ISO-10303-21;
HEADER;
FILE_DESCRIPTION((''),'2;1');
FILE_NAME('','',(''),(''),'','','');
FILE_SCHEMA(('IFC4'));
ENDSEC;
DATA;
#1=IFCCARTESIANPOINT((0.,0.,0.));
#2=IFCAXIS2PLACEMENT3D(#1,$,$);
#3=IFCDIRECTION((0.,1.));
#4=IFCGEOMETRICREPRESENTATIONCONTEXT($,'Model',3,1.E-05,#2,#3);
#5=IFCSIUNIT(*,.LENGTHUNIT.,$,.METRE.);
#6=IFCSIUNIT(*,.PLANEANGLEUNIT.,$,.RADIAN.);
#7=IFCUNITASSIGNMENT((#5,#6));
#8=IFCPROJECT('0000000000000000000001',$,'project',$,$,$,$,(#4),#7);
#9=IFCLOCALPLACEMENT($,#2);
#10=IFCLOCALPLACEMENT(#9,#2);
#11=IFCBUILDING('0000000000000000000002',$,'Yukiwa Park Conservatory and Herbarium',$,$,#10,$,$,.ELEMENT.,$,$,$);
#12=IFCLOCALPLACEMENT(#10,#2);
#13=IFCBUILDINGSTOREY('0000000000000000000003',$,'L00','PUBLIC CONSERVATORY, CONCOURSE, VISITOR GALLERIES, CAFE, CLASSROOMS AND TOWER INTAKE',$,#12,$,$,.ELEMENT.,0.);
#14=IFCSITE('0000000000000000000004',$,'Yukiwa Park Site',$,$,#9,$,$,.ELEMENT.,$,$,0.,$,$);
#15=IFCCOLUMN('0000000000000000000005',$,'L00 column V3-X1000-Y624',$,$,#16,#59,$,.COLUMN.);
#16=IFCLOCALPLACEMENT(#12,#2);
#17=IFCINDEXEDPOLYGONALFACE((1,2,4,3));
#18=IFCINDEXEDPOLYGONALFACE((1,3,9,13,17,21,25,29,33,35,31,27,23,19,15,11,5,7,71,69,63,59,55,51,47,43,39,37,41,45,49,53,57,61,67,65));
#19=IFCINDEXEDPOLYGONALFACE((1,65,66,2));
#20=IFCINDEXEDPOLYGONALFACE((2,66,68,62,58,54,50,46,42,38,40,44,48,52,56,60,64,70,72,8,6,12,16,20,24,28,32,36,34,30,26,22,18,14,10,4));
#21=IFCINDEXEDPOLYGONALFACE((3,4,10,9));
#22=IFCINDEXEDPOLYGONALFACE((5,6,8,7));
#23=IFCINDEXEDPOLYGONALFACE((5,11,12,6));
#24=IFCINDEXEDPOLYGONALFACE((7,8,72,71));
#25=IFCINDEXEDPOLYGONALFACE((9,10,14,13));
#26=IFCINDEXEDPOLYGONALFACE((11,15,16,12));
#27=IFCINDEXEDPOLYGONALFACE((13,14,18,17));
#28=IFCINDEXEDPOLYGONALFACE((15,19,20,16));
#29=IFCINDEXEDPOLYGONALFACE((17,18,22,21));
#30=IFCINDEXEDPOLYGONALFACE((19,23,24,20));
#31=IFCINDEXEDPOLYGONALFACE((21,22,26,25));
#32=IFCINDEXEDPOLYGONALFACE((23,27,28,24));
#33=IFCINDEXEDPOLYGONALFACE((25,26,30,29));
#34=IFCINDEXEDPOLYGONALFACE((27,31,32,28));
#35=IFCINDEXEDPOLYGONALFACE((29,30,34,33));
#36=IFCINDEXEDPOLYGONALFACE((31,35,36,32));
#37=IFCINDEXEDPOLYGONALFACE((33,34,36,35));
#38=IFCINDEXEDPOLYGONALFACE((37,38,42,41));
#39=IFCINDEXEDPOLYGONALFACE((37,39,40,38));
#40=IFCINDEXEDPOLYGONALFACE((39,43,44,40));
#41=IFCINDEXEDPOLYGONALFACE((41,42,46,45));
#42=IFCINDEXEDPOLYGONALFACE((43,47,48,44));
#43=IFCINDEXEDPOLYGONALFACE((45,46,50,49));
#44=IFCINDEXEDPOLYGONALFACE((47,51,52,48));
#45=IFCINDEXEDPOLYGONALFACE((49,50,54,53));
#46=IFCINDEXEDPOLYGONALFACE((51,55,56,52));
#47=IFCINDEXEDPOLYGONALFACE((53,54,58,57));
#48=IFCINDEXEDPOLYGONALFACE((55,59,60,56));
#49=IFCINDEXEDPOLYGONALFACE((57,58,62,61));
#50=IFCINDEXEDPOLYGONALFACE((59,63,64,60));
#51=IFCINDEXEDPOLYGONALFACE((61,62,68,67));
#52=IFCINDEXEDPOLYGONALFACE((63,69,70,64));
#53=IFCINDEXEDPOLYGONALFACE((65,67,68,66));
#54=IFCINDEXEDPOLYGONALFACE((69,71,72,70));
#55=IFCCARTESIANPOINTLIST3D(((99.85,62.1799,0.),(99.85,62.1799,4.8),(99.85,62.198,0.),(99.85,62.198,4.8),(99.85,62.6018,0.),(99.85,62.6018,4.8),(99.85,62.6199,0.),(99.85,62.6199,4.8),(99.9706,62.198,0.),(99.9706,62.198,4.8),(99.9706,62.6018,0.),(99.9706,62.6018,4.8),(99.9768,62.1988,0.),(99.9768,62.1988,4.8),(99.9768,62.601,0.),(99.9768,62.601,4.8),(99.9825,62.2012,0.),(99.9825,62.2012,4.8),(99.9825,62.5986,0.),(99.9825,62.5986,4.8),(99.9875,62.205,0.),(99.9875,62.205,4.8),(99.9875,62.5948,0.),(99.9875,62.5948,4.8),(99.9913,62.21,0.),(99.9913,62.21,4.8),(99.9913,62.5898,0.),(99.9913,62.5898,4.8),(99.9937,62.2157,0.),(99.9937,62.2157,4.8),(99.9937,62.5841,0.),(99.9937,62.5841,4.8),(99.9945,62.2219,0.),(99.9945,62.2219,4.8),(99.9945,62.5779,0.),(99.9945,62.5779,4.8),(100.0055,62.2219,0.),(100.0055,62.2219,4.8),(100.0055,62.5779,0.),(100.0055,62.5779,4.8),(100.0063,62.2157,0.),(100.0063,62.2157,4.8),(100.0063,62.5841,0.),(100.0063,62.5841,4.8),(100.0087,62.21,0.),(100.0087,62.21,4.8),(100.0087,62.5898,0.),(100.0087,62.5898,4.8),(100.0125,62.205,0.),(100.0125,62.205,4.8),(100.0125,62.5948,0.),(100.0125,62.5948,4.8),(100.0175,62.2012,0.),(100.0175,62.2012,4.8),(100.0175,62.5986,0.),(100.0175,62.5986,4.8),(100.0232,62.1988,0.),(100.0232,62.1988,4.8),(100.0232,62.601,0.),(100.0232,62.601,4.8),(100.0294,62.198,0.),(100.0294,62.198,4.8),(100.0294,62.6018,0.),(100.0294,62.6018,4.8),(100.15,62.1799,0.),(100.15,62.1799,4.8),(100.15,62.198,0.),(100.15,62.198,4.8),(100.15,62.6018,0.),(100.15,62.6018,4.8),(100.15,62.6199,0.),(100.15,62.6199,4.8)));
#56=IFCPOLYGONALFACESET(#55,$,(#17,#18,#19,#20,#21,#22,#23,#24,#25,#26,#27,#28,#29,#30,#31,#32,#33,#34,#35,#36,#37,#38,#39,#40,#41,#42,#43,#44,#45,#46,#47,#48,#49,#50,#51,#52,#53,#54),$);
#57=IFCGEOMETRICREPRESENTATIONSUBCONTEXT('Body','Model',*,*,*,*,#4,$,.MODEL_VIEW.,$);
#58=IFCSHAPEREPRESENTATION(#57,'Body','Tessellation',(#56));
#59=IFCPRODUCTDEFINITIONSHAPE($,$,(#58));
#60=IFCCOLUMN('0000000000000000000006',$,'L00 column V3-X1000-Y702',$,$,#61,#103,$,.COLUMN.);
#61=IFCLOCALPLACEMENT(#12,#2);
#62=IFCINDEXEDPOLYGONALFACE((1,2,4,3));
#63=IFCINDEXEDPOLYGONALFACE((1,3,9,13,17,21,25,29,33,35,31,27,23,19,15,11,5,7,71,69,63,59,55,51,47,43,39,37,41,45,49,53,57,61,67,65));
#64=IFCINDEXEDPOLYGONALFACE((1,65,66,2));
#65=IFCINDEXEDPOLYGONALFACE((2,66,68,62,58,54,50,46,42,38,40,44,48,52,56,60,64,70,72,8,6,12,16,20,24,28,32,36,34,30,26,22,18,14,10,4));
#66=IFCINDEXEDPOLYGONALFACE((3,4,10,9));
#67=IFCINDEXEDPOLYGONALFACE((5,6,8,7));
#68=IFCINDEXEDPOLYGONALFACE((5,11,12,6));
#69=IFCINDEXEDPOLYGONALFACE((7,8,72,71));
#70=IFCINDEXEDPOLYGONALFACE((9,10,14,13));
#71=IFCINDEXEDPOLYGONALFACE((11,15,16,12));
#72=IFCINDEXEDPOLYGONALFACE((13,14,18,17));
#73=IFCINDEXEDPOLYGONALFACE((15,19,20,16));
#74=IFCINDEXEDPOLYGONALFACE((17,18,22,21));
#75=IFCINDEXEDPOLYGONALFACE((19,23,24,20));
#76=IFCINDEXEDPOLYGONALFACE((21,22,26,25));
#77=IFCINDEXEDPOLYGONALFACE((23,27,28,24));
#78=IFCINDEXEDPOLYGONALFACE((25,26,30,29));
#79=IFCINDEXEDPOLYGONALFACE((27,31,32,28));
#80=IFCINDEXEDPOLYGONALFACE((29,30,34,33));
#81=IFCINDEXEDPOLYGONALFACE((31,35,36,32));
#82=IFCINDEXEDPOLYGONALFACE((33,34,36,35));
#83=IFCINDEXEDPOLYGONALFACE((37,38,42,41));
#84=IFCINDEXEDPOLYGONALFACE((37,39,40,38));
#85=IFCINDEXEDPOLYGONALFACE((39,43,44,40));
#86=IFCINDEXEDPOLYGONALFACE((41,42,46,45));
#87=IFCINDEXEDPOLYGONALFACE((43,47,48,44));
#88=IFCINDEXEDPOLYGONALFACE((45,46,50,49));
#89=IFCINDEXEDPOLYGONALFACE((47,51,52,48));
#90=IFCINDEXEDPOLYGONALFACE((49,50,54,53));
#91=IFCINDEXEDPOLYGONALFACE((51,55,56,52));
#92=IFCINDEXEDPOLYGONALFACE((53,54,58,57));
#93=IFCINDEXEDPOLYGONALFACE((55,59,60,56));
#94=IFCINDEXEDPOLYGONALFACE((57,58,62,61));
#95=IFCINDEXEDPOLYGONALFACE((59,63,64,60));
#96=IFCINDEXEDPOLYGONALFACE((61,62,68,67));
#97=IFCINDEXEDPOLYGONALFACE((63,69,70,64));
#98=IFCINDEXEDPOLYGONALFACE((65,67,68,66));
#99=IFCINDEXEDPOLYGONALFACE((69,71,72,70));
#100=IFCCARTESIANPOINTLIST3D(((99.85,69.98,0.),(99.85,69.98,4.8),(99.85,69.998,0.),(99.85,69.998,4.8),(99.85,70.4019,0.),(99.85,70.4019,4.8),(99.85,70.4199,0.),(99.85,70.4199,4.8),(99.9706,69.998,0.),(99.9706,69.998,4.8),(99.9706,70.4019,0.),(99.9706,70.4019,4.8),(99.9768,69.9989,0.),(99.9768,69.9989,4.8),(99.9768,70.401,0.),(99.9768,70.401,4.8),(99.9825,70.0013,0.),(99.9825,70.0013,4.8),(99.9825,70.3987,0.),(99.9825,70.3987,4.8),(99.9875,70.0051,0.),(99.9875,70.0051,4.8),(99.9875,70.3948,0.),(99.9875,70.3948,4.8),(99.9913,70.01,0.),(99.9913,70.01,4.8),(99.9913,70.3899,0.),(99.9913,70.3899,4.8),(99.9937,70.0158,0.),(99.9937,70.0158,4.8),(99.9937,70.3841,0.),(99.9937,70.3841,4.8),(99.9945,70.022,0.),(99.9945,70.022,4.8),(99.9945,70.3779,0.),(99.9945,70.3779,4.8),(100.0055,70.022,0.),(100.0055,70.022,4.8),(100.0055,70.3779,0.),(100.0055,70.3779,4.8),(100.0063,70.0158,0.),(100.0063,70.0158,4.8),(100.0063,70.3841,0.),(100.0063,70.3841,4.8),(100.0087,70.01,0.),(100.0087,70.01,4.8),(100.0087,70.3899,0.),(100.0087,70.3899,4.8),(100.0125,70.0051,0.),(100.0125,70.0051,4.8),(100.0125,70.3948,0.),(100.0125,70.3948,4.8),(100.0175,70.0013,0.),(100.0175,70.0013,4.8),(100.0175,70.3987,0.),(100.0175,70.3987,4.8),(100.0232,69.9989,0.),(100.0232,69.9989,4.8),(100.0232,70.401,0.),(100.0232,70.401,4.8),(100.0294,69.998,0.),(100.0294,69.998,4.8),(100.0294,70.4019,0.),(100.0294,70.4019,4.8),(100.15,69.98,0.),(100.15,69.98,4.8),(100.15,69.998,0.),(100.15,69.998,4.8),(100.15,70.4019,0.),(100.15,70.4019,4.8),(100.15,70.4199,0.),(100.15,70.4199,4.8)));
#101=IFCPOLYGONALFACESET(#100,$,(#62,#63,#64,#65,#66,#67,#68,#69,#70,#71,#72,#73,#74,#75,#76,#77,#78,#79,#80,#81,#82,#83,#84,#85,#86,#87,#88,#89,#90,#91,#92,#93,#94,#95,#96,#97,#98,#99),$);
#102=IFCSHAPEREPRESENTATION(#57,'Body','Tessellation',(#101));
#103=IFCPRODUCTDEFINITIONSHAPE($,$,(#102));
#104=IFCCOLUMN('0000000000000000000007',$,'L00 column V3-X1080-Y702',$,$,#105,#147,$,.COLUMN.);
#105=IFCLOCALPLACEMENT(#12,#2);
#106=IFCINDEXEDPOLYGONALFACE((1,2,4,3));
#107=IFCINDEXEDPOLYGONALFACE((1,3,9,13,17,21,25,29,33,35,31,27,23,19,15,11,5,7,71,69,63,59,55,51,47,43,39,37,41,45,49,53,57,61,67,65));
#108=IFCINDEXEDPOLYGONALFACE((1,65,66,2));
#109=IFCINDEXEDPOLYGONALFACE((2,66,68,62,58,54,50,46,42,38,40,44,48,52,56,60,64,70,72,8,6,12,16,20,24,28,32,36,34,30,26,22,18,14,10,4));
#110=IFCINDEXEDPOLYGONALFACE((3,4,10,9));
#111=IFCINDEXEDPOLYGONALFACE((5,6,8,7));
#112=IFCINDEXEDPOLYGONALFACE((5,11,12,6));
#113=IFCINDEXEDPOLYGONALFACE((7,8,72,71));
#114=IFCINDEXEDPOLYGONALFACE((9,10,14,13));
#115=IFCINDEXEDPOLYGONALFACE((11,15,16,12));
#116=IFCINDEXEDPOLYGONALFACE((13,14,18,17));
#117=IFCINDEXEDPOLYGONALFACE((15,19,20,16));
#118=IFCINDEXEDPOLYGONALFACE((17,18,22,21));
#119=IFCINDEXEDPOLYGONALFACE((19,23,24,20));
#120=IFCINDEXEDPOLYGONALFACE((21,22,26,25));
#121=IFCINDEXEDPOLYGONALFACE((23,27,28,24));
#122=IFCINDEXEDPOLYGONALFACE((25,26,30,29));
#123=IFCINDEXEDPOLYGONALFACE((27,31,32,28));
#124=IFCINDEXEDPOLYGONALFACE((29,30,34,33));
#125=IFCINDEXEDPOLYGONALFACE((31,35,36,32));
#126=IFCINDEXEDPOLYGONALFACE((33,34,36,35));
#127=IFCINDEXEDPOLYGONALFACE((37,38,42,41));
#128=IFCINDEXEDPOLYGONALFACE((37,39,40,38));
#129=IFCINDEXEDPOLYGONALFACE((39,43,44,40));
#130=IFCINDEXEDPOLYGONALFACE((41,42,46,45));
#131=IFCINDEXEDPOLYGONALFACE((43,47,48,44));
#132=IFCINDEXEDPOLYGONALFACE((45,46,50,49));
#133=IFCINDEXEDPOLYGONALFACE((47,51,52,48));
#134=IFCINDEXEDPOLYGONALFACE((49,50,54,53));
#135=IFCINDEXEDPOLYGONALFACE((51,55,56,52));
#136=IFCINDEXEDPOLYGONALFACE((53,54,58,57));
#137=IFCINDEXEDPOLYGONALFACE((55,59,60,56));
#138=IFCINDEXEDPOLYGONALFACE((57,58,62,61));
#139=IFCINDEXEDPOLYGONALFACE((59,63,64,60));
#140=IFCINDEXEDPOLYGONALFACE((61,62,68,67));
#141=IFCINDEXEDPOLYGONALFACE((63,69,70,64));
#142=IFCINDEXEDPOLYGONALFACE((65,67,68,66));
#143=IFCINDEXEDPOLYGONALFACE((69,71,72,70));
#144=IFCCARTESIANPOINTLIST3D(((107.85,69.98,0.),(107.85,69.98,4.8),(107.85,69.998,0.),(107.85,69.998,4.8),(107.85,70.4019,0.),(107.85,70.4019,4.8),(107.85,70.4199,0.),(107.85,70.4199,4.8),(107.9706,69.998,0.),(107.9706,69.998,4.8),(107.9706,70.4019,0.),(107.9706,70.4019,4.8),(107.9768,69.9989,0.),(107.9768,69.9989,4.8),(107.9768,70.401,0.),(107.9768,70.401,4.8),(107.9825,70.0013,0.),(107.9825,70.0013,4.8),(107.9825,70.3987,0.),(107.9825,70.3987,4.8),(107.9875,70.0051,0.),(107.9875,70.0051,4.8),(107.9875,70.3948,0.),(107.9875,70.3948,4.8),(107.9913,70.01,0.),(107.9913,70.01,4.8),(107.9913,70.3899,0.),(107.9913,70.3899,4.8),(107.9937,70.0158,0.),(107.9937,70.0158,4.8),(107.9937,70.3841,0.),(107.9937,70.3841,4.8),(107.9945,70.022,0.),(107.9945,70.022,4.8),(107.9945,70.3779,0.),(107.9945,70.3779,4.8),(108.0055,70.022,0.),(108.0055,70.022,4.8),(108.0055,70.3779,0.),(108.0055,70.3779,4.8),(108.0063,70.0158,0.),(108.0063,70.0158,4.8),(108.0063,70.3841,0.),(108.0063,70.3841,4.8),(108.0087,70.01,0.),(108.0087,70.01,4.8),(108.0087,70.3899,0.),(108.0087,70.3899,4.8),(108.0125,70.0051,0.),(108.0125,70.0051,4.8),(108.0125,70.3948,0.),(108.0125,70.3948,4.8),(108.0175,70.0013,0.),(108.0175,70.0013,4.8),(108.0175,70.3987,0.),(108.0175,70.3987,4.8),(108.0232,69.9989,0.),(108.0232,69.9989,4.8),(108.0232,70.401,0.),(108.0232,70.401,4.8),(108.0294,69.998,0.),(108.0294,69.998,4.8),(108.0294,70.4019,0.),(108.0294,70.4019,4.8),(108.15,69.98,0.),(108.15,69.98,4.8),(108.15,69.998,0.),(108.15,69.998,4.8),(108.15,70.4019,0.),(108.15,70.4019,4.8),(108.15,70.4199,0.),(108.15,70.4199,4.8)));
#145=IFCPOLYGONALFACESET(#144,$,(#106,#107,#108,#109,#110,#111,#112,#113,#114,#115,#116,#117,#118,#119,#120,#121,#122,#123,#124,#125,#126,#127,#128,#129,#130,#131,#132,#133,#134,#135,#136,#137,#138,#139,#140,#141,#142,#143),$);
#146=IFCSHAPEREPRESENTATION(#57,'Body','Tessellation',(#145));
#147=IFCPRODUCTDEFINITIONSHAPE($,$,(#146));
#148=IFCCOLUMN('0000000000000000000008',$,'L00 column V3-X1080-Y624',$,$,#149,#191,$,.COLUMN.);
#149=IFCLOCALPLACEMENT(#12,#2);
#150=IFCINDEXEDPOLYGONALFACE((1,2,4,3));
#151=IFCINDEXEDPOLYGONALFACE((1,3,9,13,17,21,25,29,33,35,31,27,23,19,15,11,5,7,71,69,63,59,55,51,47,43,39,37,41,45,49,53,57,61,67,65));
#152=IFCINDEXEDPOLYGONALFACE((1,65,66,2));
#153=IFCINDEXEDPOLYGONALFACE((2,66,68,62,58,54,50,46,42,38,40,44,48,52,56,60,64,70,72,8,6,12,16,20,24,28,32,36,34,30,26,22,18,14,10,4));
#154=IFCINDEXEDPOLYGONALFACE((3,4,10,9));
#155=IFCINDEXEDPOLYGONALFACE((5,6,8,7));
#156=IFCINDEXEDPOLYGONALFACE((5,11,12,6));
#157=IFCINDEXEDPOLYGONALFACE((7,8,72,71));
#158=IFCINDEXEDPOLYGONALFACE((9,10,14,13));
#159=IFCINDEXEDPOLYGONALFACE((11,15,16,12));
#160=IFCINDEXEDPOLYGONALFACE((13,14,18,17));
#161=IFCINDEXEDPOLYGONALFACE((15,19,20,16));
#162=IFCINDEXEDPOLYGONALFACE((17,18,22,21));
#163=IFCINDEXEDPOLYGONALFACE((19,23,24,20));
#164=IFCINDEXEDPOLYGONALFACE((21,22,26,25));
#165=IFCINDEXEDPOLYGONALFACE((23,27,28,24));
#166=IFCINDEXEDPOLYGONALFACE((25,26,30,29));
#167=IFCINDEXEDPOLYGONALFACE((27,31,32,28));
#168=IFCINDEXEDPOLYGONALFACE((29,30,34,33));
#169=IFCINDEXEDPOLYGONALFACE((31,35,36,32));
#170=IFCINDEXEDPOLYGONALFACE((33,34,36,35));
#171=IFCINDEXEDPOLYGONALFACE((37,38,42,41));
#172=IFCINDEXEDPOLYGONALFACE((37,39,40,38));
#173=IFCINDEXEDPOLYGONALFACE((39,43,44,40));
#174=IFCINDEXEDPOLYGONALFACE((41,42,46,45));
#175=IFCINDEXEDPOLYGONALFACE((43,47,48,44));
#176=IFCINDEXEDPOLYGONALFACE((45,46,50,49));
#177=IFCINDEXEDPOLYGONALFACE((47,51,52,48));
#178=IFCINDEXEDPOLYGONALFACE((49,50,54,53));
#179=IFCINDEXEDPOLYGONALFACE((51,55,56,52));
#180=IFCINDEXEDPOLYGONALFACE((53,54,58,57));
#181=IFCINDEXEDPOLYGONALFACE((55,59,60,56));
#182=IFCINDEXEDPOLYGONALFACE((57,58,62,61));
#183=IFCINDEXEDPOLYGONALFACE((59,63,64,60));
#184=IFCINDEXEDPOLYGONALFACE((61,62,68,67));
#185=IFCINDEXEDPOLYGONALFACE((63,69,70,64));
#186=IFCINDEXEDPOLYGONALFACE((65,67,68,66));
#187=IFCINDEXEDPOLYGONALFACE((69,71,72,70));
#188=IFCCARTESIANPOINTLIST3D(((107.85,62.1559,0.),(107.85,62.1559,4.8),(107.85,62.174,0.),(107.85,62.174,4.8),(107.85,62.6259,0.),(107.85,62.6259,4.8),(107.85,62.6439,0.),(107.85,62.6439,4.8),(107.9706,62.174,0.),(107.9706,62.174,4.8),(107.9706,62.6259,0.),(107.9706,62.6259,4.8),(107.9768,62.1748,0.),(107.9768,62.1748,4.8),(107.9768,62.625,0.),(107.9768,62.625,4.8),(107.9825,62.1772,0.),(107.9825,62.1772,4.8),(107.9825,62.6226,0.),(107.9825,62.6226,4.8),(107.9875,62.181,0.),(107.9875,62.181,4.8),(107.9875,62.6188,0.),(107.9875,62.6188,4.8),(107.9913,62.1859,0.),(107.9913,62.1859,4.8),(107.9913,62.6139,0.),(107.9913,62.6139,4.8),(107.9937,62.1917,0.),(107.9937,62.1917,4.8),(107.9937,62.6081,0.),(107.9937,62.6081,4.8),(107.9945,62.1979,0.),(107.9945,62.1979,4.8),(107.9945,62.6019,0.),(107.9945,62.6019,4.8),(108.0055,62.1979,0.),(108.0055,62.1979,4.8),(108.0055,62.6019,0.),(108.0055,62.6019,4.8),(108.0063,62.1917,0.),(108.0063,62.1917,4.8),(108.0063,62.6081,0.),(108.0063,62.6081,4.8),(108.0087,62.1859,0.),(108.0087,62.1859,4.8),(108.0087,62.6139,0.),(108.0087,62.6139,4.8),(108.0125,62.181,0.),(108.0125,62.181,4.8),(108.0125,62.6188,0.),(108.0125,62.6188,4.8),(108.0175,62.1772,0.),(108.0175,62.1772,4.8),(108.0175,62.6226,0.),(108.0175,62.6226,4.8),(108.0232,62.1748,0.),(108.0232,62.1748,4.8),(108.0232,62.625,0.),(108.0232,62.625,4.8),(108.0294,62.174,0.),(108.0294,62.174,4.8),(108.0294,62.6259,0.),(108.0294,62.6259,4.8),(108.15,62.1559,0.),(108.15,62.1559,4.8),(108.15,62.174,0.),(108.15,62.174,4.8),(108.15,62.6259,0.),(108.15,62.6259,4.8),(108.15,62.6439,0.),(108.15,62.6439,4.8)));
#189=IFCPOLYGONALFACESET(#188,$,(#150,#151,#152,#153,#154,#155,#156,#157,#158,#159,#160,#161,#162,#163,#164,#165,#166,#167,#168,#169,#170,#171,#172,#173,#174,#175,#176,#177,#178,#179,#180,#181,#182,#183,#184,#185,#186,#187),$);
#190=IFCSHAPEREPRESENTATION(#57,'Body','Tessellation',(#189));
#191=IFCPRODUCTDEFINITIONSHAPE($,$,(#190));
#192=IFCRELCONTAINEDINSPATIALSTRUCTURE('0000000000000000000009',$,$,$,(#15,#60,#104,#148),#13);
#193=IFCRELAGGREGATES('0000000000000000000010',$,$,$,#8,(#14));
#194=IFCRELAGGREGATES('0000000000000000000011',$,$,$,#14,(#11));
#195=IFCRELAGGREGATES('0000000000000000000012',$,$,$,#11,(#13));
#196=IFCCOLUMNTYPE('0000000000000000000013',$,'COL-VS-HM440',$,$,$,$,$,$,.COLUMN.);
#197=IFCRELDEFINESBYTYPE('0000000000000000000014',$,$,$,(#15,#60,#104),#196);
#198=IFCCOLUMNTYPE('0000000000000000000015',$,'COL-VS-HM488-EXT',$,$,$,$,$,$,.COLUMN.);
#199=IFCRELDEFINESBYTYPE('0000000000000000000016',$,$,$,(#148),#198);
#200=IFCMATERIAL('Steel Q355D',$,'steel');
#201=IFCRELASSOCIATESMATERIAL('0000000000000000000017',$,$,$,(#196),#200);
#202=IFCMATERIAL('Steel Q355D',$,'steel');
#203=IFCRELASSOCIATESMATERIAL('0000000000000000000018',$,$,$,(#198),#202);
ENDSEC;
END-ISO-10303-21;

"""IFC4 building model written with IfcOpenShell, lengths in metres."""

from ifc_helpers import new_model, si_unit, direction, frame, origin, origin_2d, place, context, subcontext, project, spatial, i_section, extrude, material, material_profile, profile_set, type_object, element, save


model = new_model("IFC4")

# Units and contexts
model_context = context("Model", 3, precision=1e-05, world=origin(), true_north=direction((0.0, 1.0)))
body_context = subcontext(model_context, "Body", "Model", "MODEL_VIEW")
ifc_project = project(units=[si_unit("LENGTHUNIT", "METRE"), si_unit("PLANEANGLEUNIT", "RADIAN")], contexts=[model_context])

# Site, building, storey
site_placement = place(None, origin())
site = spatial("IfcSite", under=ifc_project, at=site_placement, Name="Yukiwa Park Site", CompositionType="ELEMENT", RefElevation=0.0)
building_placement = place(site_placement, origin())
building = spatial("IfcBuilding", under=site, at=building_placement, Name="Yukiwa Park Conservatory and Herbarium", CompositionType="ELEMENT")
storey_placement = place(building_placement, origin())
storey = spatial("IfcBuildingStorey", under=building, at=storey_placement, Name="L00", Description="PUBLIC CONSERVATORY, CONCOURSE, VISITOR GALLERIES, CAFE, CLASSROOMS AND TOWER INTAKE", CompositionType="ELEMENT", Elevation=0.0)

# Columns
ifc_material_1 = material(Name="Steel Q355D", Category="steel")
ifc_material_profile_1 = material_profile(ifc_material_1, i_section(OverallWidth=0.3, OverallDepth=0.4399, WebThickness=0.011, FlangeThickness=0.0181, FilletRadius=0.0239, at=origin_2d()), Name="HM 440x300x11x18")
ifc_profile_set_1 = profile_set([ifc_material_profile_1], Name="Steel Q355D")
column_type_1 = type_object("IfcColumnType", Name="COL-VS-HM440", PredefinedType="COLUMN", material=ifc_profile_set_1)
for number, where, z_axis, x_axis, name in (
    (1, (100.0, 62.3999, 0.0), (0.0, 0.0, 1.0), (1.0, 0.0, 0.0), "L00 column V3-X1000-Y624"),
    (2, (100.0, 70.2, 0.0), (0.0, 0.0, 1.0), (1.0, 0.0, 0.0), "L00 column V3-X1000-Y702"),
    (3, (108.0, 70.2, 0.0), (0.0, 0.0, 1.0), (1.0, 0.0, 0.0), "L00 column V3-X1080-Y702"),
):
    element("IfcColumn", number, at=place(storey_placement, frame(where, z_axis=z_axis, x_axis=x_axis)), inside=storey, type_object=column_type_1, Name=name, PredefinedType="COLUMN", context=body_context, shape_type="SweptSolid", body=[
        extrude(i_section(OverallWidth=0.3, OverallDepth=0.4399, WebThickness=0.011, FlangeThickness=0.0181, FilletRadius=0.0239, at=origin_2d()), origin(), (0.0, 0.0, 1.0), 4.8),
    ])
ifc_material_2 = material(Name="Steel Q355D", Category="steel")
ifc_material_profile_2 = material_profile(ifc_material_2, i_section(OverallWidth=0.3, OverallDepth=0.488, WebThickness=0.011, FlangeThickness=0.0181, FilletRadius=0.0239, at=origin_2d()), Name="HM 488x300x11x18")
ifc_profile_set_2 = profile_set([ifc_material_profile_2], Name="Steel Q355D")
column_type_2 = type_object("IfcColumnType", Name="COL-VS-HM488-EXT", PredefinedType="COLUMN", material=ifc_profile_set_2)
column_placement = place(storey_placement, frame((108.0, 62.3999, 0.0), z_axis=(0.0, 0.0, 1.0), x_axis=(1.0, 0.0, 0.0)))
element("IfcColumn", 4, at=column_placement, inside=storey, type_object=column_type_2, Name="L00 column V3-X1080-Y624", PredefinedType="COLUMN", context=body_context, shape_type="SweptSolid", body=[
    extrude(i_section(OverallWidth=0.3, OverallDepth=0.488, WebThickness=0.011, FlangeThickness=0.0181, FilletRadius=0.0239, at=origin_2d()), origin(), (0.0, 0.0, 1.0), 4.8),
])

save(model, "model.ifc")
